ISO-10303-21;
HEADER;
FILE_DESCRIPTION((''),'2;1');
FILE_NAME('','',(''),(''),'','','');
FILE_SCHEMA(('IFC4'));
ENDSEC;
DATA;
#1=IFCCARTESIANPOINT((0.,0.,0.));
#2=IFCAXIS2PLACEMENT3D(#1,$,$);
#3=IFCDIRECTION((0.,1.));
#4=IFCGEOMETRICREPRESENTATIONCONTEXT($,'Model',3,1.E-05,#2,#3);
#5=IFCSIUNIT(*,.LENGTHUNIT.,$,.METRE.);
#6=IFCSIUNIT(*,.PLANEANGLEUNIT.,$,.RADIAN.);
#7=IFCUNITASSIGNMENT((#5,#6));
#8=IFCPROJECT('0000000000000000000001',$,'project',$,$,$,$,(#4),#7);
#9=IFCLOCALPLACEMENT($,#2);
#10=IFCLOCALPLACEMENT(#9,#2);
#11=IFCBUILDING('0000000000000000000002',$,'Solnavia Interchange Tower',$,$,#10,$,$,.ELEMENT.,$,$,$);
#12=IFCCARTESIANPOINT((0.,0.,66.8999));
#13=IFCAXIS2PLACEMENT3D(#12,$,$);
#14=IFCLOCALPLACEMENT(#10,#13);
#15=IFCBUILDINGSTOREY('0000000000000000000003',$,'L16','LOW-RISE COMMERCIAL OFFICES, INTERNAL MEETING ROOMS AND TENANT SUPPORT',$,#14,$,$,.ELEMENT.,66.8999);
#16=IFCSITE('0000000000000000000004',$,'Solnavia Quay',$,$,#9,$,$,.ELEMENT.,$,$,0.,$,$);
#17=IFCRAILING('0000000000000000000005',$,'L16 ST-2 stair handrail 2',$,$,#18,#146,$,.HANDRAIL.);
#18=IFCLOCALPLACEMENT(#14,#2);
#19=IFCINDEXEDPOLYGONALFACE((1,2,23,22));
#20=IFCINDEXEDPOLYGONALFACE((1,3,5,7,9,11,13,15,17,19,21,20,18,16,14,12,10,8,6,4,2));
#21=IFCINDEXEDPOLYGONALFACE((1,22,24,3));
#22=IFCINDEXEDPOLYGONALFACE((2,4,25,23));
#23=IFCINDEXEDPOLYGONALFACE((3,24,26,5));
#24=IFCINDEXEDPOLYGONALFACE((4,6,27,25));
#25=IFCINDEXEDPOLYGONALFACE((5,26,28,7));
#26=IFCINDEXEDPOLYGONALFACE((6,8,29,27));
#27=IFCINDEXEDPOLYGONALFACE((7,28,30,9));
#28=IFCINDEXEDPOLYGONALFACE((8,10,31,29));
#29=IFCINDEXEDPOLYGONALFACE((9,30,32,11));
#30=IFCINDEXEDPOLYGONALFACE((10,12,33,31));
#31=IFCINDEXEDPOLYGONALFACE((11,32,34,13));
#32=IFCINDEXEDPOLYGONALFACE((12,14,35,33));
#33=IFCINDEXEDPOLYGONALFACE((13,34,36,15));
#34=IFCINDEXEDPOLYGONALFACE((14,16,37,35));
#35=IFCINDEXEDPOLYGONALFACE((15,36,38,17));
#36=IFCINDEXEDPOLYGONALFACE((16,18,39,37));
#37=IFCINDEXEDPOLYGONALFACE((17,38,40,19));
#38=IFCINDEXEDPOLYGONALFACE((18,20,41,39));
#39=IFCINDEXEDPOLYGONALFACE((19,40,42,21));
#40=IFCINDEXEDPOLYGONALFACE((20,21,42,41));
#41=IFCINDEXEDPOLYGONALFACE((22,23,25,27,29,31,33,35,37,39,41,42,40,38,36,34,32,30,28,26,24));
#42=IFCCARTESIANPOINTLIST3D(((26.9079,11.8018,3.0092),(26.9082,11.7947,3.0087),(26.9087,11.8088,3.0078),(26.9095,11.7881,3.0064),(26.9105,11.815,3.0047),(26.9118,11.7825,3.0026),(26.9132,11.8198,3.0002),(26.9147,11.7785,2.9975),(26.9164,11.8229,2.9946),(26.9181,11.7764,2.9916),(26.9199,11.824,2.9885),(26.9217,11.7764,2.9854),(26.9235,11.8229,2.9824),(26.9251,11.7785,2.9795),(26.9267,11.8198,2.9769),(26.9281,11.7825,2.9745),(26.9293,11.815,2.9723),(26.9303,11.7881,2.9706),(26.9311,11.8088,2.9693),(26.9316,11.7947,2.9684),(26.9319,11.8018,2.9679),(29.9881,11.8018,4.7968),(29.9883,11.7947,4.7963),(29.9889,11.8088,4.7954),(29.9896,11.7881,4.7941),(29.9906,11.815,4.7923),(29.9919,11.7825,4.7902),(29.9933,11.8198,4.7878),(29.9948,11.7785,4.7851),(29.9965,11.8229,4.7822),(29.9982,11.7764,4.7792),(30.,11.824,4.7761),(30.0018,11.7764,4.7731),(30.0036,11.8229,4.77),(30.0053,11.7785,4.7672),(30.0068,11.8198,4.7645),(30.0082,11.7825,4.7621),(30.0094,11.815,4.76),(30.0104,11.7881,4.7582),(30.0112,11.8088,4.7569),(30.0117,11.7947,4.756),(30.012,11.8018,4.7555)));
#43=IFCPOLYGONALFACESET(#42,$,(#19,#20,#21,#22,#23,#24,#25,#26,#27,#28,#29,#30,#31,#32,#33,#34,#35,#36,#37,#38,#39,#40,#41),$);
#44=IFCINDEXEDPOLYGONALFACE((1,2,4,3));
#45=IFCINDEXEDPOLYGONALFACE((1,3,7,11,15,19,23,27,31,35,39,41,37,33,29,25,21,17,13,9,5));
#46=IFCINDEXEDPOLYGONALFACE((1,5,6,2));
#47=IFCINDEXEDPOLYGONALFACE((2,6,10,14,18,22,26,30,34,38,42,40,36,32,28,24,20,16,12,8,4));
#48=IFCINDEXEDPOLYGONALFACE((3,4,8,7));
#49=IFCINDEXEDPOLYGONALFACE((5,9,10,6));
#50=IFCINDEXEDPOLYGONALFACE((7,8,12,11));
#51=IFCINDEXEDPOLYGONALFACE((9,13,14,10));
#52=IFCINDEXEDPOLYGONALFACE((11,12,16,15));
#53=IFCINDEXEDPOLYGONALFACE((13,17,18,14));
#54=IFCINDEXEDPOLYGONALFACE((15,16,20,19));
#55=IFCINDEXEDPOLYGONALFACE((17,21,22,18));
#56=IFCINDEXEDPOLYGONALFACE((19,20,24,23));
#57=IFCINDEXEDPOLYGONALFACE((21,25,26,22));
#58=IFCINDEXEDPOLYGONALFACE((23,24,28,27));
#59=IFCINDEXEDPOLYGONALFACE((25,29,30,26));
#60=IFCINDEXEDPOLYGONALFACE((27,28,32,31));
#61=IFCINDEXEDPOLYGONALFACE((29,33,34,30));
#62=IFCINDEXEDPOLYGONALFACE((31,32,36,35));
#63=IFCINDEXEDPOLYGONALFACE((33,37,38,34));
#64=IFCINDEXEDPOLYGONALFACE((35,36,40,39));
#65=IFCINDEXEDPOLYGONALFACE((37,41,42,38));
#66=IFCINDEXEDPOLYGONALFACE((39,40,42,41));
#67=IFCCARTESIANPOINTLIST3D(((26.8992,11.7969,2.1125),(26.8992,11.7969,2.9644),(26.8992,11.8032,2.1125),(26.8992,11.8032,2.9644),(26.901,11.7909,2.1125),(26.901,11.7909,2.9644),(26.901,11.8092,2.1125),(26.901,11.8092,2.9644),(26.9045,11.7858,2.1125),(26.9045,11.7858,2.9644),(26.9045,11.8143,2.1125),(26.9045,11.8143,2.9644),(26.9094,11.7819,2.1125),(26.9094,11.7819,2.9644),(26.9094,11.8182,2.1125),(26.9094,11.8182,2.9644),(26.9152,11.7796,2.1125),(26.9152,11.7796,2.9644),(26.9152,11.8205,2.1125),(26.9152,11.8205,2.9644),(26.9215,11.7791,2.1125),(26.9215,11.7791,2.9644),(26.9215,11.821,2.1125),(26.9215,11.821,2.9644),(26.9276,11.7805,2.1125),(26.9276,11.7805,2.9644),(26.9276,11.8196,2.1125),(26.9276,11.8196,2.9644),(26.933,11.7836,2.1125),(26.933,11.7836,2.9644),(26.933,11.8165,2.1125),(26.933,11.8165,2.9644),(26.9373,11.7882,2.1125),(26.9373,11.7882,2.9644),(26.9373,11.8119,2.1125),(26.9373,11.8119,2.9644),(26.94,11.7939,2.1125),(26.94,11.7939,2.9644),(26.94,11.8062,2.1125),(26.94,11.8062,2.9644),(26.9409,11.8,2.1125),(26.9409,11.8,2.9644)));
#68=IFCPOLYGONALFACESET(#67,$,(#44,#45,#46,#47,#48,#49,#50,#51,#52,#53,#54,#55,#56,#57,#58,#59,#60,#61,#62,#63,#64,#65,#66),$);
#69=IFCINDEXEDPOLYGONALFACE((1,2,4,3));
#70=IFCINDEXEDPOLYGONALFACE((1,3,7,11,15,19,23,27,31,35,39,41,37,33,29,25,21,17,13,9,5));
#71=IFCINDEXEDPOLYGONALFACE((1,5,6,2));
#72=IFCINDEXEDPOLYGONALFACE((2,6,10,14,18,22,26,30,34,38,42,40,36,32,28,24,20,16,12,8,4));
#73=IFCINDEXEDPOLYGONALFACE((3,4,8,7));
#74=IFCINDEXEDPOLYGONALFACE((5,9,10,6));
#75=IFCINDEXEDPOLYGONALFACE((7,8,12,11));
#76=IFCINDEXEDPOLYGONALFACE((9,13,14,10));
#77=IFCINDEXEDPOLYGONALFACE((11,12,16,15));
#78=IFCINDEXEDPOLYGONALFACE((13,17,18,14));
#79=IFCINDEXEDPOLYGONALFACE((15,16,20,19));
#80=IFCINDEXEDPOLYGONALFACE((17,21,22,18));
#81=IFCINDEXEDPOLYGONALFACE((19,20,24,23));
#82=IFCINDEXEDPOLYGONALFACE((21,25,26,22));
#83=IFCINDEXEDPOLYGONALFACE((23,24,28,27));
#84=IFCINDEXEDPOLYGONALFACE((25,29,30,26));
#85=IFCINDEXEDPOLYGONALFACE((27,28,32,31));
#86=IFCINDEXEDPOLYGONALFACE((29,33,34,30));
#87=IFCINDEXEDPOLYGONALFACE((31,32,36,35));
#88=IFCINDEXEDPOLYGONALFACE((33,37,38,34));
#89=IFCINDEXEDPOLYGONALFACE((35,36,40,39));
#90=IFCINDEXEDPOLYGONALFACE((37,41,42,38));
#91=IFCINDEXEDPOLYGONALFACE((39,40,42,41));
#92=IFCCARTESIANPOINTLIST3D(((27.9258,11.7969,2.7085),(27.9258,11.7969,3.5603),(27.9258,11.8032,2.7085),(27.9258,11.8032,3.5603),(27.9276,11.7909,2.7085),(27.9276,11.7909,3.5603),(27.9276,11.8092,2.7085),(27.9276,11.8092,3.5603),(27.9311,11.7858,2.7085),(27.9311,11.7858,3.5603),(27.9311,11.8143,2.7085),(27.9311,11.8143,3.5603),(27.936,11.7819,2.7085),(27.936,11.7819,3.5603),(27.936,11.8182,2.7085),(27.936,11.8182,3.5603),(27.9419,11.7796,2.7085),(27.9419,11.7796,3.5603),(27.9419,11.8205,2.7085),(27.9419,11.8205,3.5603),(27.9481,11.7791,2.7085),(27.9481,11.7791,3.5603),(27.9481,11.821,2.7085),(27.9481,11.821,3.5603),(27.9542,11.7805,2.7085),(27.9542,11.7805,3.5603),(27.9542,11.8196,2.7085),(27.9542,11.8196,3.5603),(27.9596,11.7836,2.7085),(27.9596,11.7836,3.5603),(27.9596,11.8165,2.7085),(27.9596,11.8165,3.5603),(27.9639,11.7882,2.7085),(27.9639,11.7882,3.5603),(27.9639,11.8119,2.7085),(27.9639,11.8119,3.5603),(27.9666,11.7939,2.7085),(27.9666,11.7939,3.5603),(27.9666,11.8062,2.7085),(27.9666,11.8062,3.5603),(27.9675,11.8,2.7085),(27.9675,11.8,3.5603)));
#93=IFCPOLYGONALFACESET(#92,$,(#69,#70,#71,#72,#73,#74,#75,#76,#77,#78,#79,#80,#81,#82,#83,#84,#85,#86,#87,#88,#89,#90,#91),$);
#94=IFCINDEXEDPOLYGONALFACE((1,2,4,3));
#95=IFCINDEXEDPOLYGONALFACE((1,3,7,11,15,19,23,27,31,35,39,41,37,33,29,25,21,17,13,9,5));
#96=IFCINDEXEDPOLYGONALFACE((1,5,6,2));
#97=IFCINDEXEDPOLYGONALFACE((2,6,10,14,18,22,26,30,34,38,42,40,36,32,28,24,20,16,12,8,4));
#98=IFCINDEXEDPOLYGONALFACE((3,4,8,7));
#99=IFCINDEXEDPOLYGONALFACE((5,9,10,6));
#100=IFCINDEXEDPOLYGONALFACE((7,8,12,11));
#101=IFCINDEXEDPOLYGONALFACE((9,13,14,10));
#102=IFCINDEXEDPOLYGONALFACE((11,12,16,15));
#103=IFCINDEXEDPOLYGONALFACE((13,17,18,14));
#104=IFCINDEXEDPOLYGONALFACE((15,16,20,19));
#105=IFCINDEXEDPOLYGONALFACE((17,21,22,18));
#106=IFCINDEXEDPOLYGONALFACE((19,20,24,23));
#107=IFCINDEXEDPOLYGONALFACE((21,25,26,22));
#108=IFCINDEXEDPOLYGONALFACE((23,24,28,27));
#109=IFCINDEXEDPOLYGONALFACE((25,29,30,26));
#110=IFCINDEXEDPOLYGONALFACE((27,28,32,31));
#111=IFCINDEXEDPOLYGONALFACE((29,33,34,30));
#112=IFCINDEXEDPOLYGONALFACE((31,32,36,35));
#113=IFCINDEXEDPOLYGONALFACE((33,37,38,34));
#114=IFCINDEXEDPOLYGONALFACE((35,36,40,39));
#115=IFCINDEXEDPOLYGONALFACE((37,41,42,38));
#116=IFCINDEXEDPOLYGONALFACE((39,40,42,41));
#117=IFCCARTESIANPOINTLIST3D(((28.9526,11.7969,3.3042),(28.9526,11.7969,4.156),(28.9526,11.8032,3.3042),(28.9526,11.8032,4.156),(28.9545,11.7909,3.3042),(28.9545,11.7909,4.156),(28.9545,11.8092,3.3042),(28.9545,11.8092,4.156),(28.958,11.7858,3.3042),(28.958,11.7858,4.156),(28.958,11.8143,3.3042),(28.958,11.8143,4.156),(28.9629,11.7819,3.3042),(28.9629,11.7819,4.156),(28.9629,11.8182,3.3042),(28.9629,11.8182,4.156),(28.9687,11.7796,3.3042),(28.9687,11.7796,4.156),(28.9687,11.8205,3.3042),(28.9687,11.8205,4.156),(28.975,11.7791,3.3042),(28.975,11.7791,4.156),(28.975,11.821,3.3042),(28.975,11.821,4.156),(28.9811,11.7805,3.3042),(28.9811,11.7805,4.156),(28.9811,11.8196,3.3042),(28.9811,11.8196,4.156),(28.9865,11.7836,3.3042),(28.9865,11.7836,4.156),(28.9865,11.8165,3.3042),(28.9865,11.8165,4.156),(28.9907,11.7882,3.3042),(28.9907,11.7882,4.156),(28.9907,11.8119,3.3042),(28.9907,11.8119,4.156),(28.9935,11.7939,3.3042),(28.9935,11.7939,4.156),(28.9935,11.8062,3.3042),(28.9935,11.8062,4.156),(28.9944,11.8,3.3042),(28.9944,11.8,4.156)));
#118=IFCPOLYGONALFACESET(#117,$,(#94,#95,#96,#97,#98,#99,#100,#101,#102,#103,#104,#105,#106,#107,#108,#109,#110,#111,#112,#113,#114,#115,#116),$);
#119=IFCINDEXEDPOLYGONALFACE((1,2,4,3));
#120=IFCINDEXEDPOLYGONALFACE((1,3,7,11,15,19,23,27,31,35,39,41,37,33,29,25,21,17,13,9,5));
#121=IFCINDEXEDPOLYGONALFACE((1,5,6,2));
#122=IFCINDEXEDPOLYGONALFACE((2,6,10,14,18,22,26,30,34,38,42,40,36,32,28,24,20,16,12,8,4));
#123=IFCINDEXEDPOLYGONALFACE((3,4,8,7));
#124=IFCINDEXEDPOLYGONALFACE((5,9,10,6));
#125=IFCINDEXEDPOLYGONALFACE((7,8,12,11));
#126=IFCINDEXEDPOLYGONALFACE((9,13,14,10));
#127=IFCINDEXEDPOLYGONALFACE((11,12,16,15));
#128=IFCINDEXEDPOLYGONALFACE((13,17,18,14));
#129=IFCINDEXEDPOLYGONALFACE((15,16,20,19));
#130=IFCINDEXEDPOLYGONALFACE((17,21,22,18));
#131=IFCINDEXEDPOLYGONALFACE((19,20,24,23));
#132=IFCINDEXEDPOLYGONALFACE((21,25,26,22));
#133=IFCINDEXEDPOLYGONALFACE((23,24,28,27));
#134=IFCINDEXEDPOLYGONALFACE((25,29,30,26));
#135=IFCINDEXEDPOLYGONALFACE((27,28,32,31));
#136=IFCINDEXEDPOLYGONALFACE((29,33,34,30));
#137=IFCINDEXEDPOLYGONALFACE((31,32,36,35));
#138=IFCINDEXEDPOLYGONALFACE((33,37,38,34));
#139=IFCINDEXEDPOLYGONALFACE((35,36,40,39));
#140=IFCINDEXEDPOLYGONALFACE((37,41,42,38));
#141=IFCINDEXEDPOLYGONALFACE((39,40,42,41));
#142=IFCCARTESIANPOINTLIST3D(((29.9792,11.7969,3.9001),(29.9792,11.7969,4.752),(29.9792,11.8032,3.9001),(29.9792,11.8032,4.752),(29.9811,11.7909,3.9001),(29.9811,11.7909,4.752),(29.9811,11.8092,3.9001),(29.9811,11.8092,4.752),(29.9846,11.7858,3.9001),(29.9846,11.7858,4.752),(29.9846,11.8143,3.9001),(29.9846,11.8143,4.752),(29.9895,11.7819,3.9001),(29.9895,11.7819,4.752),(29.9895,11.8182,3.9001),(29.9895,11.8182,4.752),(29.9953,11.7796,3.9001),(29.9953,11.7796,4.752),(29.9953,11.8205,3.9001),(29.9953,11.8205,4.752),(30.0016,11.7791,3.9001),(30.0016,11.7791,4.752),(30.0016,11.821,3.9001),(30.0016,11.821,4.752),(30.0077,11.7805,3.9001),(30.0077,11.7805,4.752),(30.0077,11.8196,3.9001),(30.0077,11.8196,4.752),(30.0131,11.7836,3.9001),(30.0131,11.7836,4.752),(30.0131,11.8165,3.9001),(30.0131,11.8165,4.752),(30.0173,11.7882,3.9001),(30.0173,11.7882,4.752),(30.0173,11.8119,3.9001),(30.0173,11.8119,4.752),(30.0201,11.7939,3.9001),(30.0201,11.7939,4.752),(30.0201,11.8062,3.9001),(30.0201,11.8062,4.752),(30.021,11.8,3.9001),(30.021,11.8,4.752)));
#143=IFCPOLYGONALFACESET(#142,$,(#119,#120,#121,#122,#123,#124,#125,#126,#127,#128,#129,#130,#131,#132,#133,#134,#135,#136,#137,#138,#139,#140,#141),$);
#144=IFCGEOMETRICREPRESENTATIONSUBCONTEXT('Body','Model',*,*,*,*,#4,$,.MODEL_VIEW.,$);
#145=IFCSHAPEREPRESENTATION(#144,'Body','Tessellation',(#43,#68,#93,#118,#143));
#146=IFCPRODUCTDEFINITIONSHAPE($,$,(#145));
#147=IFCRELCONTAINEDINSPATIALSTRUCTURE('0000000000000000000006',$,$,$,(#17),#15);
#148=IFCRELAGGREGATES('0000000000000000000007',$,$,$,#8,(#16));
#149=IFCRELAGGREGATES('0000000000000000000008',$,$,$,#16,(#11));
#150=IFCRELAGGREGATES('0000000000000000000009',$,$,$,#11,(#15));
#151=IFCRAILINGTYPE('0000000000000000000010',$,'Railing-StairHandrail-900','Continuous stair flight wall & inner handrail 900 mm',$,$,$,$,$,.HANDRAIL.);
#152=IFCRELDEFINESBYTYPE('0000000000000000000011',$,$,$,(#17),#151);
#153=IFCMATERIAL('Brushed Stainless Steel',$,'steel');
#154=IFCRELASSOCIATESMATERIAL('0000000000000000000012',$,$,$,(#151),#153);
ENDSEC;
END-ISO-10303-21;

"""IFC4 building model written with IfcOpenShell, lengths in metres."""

from ifc_helpers import new_model, si_unit, direction, frame, origin, origin_2d, place, context, subcontext, project, spatial, circle, extrude, material, type_object, element, save


model = new_model("IFC4")

# Units and contexts
model_context = context("Model", 3, precision=1e-05, world=origin(), true_north=direction((0.0, 1.0)))
body_context = subcontext(model_context, "Body", "Model", "MODEL_VIEW")
ifc_project = project(units=[si_unit("LENGTHUNIT", "METRE"), si_unit("PLANEANGLEUNIT", "RADIAN")], contexts=[model_context])

# Site, building, storey
site_placement = place(None, origin())
site = spatial("IfcSite", under=ifc_project, at=site_placement, Name="Solnavia Quay", CompositionType="ELEMENT", RefElevation=0.0)
building_placement = place(site_placement, origin())
building = spatial("IfcBuilding", under=site, at=building_placement, Name="Solnavia Interchange Tower", CompositionType="ELEMENT")
storey_placement = place(building_placement, frame((0.0, 0.0, 66.8999)))
storey = spatial("IfcBuildingStorey", under=building, at=storey_placement, Name="L16", Description="LOW-RISE COMMERCIAL OFFICES, INTERNAL MEETING ROOMS AND TENANT SUPPORT", CompositionType="ELEMENT", Elevation=66.8999)

# Railing
ifc_material_1 = material(Name="Brushed Stainless Steel", Category="steel")
railing_type_1 = type_object("IfcRailingType", Name="Railing-StairHandrail-900", Description="Continuous stair flight wall & inner handrail 900 mm", PredefinedType="HANDRAIL", material=ifc_material_1)
railing_1_placement = place(storey_placement, frame((26.9199, 11.8, 2.1125)))
element("IfcRailing", 1, at=railing_1_placement, inside=storey, type_object=railing_type_1, Name="L16 ST-2 stair handrail 2", PredefinedType="HANDRAIL", context=body_context, shape_type="SweptSolid", body=[
    extrude(circle(Radius=0.0239, at=origin_2d()), frame((0.0, 0.0, 0.876), z_axis=(0.864891, 0.0, 0.50196), x_axis=(0.0, 1.0, 0.0)), (0.0, 0.0, 1.0), 3.5613),
    extrude(circle(Radius=0.021, at=origin_2d()), origin(), (0.0, 0.0, 1.0), 0.8518),
    extrude(circle(Radius=0.021, at=origin_2d()), frame((1.0266, 0.0, 0.5959)), (0.0, 0.0, 1.0), 0.8518),
    extrude(circle(Radius=0.021, at=origin_2d()), frame((2.0535, 0.0, 1.1917)), (0.0, 0.0, 1.0), 0.8518),
    extrude(circle(Radius=0.021, at=origin_2d()), frame((3.0801, 0.0, 1.7876)), (0.0, 0.0, 1.0), 0.8518),
])

save(model, "model.ifc")
